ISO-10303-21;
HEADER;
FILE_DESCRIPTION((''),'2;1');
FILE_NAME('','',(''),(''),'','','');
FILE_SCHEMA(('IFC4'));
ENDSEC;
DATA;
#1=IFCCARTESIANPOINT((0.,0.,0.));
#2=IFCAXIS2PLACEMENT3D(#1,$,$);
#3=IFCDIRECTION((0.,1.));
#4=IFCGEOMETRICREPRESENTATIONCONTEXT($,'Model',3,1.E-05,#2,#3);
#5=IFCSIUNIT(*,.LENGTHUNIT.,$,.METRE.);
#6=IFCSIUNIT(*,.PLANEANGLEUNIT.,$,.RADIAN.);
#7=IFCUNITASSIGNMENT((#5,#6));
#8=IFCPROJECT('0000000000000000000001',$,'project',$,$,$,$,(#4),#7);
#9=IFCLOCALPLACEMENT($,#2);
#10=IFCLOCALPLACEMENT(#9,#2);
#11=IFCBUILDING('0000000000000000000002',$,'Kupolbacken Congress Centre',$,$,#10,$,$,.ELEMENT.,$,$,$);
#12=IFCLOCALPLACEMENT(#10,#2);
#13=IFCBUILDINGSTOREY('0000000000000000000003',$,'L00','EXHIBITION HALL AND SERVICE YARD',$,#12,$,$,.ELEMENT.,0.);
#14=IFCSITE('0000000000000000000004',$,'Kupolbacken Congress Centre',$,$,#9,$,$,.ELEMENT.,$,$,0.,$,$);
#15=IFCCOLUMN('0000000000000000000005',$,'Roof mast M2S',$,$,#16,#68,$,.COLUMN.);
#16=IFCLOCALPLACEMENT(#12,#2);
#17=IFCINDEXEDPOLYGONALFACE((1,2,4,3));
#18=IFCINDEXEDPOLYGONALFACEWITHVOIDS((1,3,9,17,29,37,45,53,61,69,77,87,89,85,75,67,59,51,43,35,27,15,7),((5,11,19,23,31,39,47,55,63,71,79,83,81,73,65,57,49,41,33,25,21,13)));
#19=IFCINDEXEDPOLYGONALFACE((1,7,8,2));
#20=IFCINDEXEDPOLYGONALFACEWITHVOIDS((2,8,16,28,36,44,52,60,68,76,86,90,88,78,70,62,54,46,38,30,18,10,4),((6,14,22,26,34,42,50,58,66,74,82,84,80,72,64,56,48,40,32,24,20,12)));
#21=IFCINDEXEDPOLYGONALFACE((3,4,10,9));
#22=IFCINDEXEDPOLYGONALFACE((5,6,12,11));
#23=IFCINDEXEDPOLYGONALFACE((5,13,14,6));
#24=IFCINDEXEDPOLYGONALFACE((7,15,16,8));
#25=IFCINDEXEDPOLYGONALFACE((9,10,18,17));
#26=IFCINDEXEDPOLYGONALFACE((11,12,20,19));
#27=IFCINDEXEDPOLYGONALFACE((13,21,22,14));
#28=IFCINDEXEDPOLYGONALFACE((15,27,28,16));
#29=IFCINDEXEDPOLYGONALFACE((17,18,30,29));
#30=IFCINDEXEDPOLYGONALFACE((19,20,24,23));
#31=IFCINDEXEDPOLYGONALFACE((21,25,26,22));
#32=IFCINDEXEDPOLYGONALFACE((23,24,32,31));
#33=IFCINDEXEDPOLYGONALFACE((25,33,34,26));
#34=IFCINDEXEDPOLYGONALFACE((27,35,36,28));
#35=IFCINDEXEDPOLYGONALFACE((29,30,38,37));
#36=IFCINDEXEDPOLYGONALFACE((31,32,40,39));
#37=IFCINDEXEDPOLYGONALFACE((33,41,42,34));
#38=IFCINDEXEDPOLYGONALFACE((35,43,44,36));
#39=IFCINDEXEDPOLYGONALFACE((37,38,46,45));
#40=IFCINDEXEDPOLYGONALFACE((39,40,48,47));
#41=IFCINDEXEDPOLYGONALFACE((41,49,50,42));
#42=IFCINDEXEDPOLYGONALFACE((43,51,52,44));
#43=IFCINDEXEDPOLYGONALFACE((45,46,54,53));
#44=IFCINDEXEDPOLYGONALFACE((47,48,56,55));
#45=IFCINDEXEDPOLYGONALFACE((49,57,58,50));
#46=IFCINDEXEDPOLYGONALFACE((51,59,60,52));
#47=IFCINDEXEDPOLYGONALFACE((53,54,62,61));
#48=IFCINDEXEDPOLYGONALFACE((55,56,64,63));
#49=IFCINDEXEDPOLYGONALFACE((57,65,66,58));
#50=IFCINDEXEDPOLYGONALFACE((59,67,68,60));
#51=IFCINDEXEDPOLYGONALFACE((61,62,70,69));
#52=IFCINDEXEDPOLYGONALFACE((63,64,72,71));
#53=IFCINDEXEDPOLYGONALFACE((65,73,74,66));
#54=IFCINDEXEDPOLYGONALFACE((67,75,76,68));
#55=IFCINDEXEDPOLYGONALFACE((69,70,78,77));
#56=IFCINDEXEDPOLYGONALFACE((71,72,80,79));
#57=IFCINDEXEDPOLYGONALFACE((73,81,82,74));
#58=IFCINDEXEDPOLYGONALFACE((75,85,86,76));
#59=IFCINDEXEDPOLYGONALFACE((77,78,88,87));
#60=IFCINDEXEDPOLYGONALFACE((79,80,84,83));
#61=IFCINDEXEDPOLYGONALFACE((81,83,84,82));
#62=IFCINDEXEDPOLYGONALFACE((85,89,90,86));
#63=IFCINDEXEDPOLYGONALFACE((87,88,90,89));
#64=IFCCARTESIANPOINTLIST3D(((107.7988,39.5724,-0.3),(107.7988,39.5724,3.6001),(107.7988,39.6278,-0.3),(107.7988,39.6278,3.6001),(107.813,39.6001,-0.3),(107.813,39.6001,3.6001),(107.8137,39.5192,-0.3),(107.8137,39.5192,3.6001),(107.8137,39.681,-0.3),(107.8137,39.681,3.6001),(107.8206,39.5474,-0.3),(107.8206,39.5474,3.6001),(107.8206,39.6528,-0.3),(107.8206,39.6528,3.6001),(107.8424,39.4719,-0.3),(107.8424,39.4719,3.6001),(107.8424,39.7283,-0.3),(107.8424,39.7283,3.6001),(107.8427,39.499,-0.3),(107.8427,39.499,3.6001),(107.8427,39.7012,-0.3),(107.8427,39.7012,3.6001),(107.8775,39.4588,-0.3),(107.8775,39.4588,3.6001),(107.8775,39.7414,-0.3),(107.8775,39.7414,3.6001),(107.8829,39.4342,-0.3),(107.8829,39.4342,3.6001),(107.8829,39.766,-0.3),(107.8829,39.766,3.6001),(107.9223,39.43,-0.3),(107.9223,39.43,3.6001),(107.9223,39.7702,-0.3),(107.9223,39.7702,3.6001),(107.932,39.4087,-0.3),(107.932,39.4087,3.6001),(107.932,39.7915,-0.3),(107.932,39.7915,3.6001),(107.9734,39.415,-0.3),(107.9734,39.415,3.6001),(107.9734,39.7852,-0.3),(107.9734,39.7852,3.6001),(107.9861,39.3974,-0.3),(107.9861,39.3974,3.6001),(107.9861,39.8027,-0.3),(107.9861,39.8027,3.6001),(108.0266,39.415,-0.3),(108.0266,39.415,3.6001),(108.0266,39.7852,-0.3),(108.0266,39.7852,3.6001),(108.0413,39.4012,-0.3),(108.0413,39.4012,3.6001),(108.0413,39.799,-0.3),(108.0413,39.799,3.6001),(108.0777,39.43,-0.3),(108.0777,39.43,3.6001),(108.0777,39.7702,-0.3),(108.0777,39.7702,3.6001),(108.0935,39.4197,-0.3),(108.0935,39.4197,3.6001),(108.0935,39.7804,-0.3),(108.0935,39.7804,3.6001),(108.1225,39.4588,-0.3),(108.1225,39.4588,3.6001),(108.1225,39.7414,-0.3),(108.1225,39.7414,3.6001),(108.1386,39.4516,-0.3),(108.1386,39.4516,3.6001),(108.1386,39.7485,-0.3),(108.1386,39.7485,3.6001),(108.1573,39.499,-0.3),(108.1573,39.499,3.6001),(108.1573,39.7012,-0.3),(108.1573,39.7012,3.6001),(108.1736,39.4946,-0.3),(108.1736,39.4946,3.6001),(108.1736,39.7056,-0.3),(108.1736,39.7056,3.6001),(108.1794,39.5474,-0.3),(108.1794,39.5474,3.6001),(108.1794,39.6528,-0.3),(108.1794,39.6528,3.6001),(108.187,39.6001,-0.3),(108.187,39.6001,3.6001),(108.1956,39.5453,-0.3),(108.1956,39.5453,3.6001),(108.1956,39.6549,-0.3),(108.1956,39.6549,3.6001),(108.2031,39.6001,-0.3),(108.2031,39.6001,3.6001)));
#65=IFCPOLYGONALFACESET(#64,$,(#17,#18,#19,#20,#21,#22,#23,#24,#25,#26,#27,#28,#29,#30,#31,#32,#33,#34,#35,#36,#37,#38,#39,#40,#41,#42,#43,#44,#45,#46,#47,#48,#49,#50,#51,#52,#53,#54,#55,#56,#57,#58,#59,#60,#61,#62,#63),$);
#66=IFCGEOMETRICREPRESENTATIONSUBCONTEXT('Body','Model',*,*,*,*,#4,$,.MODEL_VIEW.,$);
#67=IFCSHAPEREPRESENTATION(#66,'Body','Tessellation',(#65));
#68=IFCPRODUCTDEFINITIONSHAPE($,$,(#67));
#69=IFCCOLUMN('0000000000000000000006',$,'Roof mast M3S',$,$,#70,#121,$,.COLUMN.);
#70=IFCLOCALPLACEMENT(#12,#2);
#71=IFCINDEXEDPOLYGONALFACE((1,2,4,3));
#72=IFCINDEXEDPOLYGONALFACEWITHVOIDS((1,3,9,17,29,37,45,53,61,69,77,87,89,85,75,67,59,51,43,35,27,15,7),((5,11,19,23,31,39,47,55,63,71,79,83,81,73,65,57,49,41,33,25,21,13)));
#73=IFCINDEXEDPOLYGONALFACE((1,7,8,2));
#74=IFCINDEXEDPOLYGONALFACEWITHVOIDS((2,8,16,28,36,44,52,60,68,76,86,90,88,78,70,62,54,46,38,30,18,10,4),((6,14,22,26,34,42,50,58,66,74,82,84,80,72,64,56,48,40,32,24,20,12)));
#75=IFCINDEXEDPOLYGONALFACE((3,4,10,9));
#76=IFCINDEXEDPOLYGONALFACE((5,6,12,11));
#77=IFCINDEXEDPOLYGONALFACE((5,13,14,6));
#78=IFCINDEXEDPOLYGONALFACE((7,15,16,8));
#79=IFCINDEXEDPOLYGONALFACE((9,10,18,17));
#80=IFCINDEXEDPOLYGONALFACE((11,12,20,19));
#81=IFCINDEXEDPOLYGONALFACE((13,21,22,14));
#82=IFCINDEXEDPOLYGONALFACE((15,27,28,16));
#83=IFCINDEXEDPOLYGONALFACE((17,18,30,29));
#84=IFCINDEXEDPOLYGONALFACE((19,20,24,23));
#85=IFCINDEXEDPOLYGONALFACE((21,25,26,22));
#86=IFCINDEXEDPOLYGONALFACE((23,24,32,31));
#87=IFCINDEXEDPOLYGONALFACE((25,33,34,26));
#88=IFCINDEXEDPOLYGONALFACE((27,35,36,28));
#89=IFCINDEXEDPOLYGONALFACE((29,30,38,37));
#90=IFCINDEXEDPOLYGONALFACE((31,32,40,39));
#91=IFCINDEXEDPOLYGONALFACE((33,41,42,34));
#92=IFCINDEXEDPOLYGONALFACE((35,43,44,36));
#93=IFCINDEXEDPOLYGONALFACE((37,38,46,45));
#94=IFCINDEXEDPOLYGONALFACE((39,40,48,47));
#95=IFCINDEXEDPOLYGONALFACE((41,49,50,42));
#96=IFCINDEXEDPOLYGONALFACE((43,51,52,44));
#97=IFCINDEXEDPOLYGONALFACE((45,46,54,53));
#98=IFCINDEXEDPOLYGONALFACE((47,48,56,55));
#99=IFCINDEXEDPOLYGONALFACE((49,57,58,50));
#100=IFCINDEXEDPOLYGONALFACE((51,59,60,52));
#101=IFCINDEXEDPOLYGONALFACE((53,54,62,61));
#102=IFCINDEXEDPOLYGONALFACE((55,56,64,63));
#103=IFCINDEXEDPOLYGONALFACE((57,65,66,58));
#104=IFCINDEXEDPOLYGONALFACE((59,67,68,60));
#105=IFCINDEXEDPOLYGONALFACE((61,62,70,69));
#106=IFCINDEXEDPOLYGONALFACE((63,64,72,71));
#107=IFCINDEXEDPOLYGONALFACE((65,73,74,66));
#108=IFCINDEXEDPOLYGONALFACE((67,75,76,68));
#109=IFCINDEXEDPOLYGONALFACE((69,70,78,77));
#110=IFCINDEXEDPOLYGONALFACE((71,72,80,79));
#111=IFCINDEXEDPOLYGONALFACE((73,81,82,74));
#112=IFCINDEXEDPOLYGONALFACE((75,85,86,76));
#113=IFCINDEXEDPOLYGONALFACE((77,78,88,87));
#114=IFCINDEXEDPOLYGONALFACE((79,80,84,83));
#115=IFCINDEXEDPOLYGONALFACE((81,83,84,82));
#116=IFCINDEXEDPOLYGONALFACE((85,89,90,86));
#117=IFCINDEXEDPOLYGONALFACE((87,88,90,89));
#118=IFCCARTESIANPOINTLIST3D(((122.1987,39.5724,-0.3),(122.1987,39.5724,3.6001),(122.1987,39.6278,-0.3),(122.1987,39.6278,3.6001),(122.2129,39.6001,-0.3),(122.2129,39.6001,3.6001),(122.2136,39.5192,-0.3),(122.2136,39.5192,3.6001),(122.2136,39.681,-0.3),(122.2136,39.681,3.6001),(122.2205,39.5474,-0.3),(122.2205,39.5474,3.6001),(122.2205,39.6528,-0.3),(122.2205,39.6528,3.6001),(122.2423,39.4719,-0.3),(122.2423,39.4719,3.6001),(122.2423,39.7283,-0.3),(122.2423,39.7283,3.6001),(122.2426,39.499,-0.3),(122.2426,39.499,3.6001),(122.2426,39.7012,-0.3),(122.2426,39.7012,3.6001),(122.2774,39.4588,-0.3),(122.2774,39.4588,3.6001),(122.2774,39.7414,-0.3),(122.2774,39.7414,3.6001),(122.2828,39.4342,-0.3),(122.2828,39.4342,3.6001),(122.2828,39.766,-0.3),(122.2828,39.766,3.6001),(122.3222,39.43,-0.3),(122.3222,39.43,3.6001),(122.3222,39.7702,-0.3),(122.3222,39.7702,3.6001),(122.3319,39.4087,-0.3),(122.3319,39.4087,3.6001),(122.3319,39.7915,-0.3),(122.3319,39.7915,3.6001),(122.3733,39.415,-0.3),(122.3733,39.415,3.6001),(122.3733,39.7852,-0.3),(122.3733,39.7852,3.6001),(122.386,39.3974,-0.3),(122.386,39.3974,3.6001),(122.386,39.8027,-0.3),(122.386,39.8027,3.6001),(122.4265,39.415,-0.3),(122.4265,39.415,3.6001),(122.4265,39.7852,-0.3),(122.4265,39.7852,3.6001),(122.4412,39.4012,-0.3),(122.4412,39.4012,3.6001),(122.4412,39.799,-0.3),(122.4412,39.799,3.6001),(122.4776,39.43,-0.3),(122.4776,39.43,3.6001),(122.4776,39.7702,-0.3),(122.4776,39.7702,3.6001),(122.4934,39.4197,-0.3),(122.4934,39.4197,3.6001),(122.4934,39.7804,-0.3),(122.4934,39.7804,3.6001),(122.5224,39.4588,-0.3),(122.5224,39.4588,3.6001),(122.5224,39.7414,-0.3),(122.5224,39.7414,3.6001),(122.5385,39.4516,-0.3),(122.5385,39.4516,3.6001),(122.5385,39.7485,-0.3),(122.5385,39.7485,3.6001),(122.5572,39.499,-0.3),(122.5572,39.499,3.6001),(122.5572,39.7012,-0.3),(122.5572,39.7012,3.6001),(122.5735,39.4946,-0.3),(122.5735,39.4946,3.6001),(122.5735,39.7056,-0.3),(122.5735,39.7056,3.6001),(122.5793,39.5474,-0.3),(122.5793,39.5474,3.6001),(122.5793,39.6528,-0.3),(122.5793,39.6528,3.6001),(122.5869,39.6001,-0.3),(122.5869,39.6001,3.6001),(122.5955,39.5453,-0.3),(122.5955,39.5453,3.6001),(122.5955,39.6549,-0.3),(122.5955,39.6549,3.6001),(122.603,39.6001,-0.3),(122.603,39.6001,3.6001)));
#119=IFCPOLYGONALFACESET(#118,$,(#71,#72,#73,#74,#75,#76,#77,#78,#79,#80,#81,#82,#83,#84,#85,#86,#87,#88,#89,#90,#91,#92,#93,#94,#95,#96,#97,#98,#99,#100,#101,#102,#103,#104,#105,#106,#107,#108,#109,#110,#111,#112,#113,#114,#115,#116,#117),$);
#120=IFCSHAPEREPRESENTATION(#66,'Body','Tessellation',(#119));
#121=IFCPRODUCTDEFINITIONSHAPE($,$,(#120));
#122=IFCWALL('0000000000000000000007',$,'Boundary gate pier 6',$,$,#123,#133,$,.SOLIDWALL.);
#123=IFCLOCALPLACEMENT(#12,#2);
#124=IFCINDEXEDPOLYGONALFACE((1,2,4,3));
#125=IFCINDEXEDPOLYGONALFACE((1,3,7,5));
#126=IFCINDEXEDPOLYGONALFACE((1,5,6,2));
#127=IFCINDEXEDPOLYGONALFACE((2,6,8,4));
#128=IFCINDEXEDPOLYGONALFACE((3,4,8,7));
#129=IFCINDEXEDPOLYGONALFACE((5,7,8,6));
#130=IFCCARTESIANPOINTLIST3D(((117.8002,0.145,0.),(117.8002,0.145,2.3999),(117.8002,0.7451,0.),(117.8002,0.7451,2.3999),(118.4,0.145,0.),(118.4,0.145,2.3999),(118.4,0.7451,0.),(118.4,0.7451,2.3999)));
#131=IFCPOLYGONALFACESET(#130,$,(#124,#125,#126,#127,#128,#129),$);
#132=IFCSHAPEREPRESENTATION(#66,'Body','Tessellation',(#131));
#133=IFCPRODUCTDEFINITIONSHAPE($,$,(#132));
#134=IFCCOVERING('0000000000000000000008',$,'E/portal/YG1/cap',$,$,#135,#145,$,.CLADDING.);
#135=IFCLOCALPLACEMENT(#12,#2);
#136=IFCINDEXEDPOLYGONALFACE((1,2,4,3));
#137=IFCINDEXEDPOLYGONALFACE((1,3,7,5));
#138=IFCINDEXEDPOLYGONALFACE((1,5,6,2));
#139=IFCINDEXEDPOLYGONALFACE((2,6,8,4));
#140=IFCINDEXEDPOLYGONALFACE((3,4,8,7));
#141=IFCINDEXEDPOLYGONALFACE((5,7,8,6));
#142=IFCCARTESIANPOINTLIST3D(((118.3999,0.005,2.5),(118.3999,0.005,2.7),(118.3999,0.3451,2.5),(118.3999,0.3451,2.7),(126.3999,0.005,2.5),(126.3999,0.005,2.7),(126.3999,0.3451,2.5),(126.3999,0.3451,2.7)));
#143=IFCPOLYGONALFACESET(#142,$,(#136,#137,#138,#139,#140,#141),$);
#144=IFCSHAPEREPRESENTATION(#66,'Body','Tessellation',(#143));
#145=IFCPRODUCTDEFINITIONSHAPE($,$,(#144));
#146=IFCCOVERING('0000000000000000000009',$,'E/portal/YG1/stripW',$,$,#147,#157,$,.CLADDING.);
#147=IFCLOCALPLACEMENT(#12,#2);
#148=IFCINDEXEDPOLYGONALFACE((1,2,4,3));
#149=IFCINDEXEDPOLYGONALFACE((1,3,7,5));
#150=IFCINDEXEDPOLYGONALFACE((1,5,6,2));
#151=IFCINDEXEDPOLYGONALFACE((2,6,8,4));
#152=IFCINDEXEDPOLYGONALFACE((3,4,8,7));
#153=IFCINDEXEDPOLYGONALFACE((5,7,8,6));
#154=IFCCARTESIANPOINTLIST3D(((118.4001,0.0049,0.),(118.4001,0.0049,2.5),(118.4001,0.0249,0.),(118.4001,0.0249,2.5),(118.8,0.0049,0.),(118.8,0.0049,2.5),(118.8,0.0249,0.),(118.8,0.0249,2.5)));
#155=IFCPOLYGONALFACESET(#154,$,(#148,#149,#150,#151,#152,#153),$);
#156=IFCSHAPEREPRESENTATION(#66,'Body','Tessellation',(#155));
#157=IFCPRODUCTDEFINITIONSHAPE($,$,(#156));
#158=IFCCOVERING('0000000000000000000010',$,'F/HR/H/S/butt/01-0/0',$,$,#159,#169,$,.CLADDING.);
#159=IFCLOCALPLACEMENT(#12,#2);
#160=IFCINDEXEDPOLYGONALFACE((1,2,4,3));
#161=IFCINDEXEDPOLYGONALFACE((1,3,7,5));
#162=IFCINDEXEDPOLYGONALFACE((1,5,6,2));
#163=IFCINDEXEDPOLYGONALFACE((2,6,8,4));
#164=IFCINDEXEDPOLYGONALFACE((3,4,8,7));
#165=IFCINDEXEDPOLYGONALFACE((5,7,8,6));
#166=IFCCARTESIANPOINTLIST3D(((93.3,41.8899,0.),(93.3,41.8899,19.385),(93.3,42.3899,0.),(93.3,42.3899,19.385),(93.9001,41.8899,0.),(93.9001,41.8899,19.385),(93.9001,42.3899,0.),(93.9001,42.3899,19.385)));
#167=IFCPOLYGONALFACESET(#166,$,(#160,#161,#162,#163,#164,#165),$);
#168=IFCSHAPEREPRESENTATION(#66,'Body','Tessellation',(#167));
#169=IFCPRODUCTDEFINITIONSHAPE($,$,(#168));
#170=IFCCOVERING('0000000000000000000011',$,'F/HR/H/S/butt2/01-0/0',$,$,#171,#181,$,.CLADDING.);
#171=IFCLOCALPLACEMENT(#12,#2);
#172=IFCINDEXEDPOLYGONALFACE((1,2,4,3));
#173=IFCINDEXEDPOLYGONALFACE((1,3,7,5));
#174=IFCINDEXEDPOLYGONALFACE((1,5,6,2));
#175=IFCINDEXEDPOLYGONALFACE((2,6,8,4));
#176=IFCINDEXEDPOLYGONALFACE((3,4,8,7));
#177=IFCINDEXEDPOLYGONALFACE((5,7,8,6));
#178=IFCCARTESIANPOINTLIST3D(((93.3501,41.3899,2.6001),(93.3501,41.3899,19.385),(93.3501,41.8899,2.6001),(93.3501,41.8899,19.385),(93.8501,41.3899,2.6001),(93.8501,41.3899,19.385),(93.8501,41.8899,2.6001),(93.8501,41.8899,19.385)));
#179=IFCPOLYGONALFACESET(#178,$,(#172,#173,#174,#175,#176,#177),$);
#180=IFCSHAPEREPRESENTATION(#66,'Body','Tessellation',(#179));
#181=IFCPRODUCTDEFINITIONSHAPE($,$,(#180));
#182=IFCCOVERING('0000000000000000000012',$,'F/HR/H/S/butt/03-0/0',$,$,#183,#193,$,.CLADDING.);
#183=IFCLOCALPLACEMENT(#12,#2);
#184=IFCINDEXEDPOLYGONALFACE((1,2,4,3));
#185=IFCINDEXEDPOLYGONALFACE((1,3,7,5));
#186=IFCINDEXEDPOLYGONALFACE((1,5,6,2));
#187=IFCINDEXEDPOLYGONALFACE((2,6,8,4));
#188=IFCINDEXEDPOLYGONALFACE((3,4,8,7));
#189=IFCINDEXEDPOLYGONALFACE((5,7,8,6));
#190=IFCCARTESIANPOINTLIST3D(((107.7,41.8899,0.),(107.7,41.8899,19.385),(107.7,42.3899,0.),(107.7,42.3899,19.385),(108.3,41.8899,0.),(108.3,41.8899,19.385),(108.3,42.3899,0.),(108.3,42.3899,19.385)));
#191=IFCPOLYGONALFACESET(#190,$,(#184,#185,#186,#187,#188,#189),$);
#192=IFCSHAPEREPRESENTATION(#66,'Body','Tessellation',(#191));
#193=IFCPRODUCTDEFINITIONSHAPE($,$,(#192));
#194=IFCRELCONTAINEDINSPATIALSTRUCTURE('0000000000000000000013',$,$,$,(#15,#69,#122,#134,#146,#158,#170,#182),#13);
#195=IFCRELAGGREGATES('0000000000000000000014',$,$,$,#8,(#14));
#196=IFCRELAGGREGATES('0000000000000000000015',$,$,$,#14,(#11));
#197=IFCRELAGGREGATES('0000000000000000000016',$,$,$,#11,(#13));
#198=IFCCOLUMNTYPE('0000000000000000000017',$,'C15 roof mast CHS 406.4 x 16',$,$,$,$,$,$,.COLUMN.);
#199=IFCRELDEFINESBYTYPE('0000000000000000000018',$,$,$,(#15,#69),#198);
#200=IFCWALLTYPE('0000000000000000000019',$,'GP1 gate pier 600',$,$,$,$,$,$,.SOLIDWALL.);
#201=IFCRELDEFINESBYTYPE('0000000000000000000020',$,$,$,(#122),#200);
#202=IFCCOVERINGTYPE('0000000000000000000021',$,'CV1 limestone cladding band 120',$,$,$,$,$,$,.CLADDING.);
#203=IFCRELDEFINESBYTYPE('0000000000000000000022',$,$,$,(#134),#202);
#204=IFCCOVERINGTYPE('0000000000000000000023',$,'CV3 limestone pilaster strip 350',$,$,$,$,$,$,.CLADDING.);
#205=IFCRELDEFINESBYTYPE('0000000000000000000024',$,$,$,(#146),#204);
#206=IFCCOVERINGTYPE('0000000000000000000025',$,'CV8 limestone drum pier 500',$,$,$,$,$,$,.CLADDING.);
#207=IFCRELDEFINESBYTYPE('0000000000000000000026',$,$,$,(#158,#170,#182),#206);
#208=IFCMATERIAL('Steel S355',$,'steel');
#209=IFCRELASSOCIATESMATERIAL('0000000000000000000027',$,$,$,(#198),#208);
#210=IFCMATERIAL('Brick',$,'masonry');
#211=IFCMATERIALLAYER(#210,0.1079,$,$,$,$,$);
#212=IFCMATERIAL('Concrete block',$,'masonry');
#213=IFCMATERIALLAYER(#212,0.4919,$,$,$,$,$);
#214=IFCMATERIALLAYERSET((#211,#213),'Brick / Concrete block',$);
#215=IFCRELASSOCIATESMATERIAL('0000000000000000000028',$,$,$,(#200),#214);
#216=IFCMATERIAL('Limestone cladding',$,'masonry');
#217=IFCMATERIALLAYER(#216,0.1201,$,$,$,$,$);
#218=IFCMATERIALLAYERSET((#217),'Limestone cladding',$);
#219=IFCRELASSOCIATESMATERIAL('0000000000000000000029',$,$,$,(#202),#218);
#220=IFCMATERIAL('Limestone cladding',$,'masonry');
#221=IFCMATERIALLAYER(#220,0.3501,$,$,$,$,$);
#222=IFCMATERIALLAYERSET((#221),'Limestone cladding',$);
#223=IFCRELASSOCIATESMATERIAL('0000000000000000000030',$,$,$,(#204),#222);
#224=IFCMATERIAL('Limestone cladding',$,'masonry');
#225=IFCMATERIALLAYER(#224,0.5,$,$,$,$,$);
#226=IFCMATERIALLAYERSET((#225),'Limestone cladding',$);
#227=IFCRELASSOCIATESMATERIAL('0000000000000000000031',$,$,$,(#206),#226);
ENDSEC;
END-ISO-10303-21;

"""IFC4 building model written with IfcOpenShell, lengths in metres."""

from ifc_helpers import new_model, si_unit, direction, frame, frame_2d, origin, origin_2d, place, context, subcontext, project, spatial, rectangle, hollow_circle, extrude, material, layer, layer_set, material_profile, profile_set, type_object, element, save


model = new_model("IFC4")

# Units and contexts
model_context = context("Model", 3, precision=1e-05, world=origin(), true_north=direction((0.0, 1.0)))
body_context = subcontext(model_context, "Body", "Model", "MODEL_VIEW")
ifc_project = project(units=[si_unit("LENGTHUNIT", "METRE"), si_unit("PLANEANGLEUNIT", "RADIAN")], contexts=[model_context])

# Site, building, storey
site_placement = place(None, origin())
site = spatial("IfcSite", under=ifc_project, at=site_placement, Name="Kupolbacken Congress Centre", CompositionType="ELEMENT", RefElevation=0.0)
building_placement = place(site_placement, origin())
building = spatial("IfcBuilding", under=site, at=building_placement, Name="Kupolbacken Congress Centre", CompositionType="ELEMENT")
storey_placement = place(building_placement, origin())
storey = spatial("IfcBuildingStorey", under=building, at=storey_placement, Name="L00", Description="EXHIBITION HALL AND SERVICE YARD", CompositionType="ELEMENT", Elevation=0.0)

# Columns
ifc_material_1 = material(Name="Steel S355", Category="steel")
ifc_material_profile_1 = material_profile(ifc_material_1, hollow_circle(Radius=0.2031, WallThickness=0.0161, at=origin_2d()), Name="CHS 406.4 x 16")
ifc_profile_set_1 = profile_set([ifc_material_profile_1], Name="Steel S355")
column_type = type_object("IfcColumnType", Name="C15 roof mast CHS 406.4 x 16", PredefinedType="COLUMN", material=ifc_profile_set_1)
for number, where, z_axis, x_axis, name in (
    (1, (108.0, 39.6001, -0.3), (0.0, 0.0, 1.0), (1.0, 0.0, 0.0), "Roof mast M2S"),
    (2, (122.3999, 39.6001, -0.3), (0.0, 0.0, 1.0), (1.0, 0.0, 0.0), "Roof mast M3S"),
):
    element("IfcColumn", number, at=place(storey_placement, frame(where, z_axis=z_axis, x_axis=x_axis)), inside=storey, type_object=column_type, Name=name, PredefinedType="COLUMN", context=body_context, shape_type="SweptSolid", body=[
        extrude(hollow_circle(Radius=0.2031, WallThickness=0.0161, at=origin_2d()), origin(), (0.0, 0.0, 1.0), 3.9001),
    ])

# Shared definitions
ifc_material_2 = material(Name="Brick", Category="masonry")
ifc_material_3 = material(Name="Concrete block", Category="masonry")

# Wall
ifc_layer_1 = layer(ifc_material_2, 0.1079)
ifc_layer_2 = layer(ifc_material_3, 0.4919)
ifc_layer_set_1 = layer_set([ifc_layer_1, ifc_layer_2], Name="Brick / Concrete block")
wall_type_1 = type_object("IfcWallType", Name="GP1 gate pier 600", PredefinedType="SOLIDWALL", material=ifc_layer_set_1)
wall_1_placement = place(storey_placement, frame((118.3999, 0.4451, 0.0), z_axis=(0.0, 0.0, 1.0), x_axis=(-1.0, 0.0, 0.0)))
element("IfcWall", 3, at=wall_1_placement, inside=storey, type_object=wall_type_1, Name="Boundary gate pier 6", PredefinedType="SOLIDWALL", context=body_context, shape_type="SweptSolid", body=[
    extrude(rectangle(XDim=0.5999, YDim=0.6001, at=frame_2d((0.2998, 0.0))), origin(), (0.0, 0.0, 1.0), 2.3999),
])

# Coverings
ifc_material_4 = material(Name="Limestone cladding", Category="masonry")
ifc_layer_3 = layer(ifc_material_4, 0.1201)
ifc_layer_set_2 = layer_set([ifc_layer_3], Name="Limestone cladding")
covering_type_1 = type_object("IfcCoveringType", Name="CV1 limestone cladding band 120", PredefinedType="CLADDING", material=ifc_layer_set_2)
covering_1_placement = place(storey_placement, frame((122.3999, 0.175, 2.5), z_axis=(0.0, 0.0, 1.0), x_axis=(1.0, 0.0, 0.0)))
element("IfcCovering", 4, at=covering_1_placement, inside=storey, type_object=covering_type_1, Name="E/portal/YG1/cap", PredefinedType="CLADDING", context=body_context, shape_type="SweptSolid", body=[
    extrude(rectangle(XDim=8.0, YDim=0.3401, at=origin_2d()), origin(), (0.0, 0.0, 1.0), 0.2),
])
ifc_material_5 = material(Name="Limestone cladding", Category="masonry")
ifc_layer_4 = layer(ifc_material_5, 0.3501)
ifc_layer_set_3 = layer_set([ifc_layer_4], Name="Limestone cladding")
covering_type_2 = type_object("IfcCoveringType", Name="CV3 limestone pilaster strip 350", PredefinedType="CLADDING", material=ifc_layer_set_3)
covering_2_placement = place(storey_placement, frame((118.6001, 0.0149, 0.0), z_axis=(0.0, 0.0, 1.0), x_axis=(1.0, 0.0, 0.0)))
element("IfcCovering", 5, at=covering_2_placement, inside=storey, type_object=covering_type_2, Name="E/portal/YG1/stripW", PredefinedType="CLADDING", context=body_context, shape_type="SweptSolid", body=[
    extrude(rectangle(XDim=0.3999, YDim=0.02, at=origin_2d()), origin(), (0.0, 0.0, 1.0), 2.5),
])
ifc_material_6 = material(Name="Limestone cladding", Category="masonry")
ifc_layer_5 = layer(ifc_material_6, 0.5)
ifc_layer_set_4 = layer_set([ifc_layer_5], Name="Limestone cladding")
covering_type_3 = type_object("IfcCoveringType", Name="CV8 limestone drum pier 500", PredefinedType="CLADDING", material=ifc_layer_set_4)
covering_3_placement = place(storey_placement, frame((93.6001, 42.1399, 0.0), z_axis=(0.0, 0.0, 1.0), x_axis=(1.0, 0.0, 0.0)))
element("IfcCovering", 6, at=covering_3_placement, inside=storey, type_object=covering_type_3, Name="F/HR/H/S/butt/01-0/0", PredefinedType="CLADDING", context=body_context, shape_type="SweptSolid", body=[
    extrude(rectangle(XDim=0.6001, YDim=0.5, at=origin_2d()), origin(), (0.0, 0.0, 1.0), 19.385),
])
covering_4_placement = place(storey_placement, frame((93.6001, 41.6399, 2.6001), z_axis=(0.0, 0.0, 1.0), x_axis=(1.0, 0.0, 0.0)))
element("IfcCovering", 7, at=covering_4_placement, inside=storey, type_object=covering_type_3, Name="F/HR/H/S/butt2/01-0/0", PredefinedType="CLADDING", context=body_context, shape_type="SweptSolid", body=[
    extrude(rectangle(XDim=0.5, YDim=0.5, at=origin_2d()), origin(), (0.0, 0.0, 1.0), 16.7849),
])
covering_5_placement = place(storey_placement, frame((108.0, 42.1399, 0.0), z_axis=(0.0, 0.0, 1.0), x_axis=(1.0, 0.0, 0.0)))
element("IfcCovering", 8, at=covering_5_placement, inside=storey, type_object=covering_type_3, Name="F/HR/H/S/butt/03-0/0", PredefinedType="CLADDING", context=body_context, shape_type="SweptSolid", body=[
    extrude(rectangle(XDim=0.6001, YDim=0.5, at=origin_2d()), origin(), (0.0, 0.0, 1.0), 19.385),
])

save(model, "model.ifc")
